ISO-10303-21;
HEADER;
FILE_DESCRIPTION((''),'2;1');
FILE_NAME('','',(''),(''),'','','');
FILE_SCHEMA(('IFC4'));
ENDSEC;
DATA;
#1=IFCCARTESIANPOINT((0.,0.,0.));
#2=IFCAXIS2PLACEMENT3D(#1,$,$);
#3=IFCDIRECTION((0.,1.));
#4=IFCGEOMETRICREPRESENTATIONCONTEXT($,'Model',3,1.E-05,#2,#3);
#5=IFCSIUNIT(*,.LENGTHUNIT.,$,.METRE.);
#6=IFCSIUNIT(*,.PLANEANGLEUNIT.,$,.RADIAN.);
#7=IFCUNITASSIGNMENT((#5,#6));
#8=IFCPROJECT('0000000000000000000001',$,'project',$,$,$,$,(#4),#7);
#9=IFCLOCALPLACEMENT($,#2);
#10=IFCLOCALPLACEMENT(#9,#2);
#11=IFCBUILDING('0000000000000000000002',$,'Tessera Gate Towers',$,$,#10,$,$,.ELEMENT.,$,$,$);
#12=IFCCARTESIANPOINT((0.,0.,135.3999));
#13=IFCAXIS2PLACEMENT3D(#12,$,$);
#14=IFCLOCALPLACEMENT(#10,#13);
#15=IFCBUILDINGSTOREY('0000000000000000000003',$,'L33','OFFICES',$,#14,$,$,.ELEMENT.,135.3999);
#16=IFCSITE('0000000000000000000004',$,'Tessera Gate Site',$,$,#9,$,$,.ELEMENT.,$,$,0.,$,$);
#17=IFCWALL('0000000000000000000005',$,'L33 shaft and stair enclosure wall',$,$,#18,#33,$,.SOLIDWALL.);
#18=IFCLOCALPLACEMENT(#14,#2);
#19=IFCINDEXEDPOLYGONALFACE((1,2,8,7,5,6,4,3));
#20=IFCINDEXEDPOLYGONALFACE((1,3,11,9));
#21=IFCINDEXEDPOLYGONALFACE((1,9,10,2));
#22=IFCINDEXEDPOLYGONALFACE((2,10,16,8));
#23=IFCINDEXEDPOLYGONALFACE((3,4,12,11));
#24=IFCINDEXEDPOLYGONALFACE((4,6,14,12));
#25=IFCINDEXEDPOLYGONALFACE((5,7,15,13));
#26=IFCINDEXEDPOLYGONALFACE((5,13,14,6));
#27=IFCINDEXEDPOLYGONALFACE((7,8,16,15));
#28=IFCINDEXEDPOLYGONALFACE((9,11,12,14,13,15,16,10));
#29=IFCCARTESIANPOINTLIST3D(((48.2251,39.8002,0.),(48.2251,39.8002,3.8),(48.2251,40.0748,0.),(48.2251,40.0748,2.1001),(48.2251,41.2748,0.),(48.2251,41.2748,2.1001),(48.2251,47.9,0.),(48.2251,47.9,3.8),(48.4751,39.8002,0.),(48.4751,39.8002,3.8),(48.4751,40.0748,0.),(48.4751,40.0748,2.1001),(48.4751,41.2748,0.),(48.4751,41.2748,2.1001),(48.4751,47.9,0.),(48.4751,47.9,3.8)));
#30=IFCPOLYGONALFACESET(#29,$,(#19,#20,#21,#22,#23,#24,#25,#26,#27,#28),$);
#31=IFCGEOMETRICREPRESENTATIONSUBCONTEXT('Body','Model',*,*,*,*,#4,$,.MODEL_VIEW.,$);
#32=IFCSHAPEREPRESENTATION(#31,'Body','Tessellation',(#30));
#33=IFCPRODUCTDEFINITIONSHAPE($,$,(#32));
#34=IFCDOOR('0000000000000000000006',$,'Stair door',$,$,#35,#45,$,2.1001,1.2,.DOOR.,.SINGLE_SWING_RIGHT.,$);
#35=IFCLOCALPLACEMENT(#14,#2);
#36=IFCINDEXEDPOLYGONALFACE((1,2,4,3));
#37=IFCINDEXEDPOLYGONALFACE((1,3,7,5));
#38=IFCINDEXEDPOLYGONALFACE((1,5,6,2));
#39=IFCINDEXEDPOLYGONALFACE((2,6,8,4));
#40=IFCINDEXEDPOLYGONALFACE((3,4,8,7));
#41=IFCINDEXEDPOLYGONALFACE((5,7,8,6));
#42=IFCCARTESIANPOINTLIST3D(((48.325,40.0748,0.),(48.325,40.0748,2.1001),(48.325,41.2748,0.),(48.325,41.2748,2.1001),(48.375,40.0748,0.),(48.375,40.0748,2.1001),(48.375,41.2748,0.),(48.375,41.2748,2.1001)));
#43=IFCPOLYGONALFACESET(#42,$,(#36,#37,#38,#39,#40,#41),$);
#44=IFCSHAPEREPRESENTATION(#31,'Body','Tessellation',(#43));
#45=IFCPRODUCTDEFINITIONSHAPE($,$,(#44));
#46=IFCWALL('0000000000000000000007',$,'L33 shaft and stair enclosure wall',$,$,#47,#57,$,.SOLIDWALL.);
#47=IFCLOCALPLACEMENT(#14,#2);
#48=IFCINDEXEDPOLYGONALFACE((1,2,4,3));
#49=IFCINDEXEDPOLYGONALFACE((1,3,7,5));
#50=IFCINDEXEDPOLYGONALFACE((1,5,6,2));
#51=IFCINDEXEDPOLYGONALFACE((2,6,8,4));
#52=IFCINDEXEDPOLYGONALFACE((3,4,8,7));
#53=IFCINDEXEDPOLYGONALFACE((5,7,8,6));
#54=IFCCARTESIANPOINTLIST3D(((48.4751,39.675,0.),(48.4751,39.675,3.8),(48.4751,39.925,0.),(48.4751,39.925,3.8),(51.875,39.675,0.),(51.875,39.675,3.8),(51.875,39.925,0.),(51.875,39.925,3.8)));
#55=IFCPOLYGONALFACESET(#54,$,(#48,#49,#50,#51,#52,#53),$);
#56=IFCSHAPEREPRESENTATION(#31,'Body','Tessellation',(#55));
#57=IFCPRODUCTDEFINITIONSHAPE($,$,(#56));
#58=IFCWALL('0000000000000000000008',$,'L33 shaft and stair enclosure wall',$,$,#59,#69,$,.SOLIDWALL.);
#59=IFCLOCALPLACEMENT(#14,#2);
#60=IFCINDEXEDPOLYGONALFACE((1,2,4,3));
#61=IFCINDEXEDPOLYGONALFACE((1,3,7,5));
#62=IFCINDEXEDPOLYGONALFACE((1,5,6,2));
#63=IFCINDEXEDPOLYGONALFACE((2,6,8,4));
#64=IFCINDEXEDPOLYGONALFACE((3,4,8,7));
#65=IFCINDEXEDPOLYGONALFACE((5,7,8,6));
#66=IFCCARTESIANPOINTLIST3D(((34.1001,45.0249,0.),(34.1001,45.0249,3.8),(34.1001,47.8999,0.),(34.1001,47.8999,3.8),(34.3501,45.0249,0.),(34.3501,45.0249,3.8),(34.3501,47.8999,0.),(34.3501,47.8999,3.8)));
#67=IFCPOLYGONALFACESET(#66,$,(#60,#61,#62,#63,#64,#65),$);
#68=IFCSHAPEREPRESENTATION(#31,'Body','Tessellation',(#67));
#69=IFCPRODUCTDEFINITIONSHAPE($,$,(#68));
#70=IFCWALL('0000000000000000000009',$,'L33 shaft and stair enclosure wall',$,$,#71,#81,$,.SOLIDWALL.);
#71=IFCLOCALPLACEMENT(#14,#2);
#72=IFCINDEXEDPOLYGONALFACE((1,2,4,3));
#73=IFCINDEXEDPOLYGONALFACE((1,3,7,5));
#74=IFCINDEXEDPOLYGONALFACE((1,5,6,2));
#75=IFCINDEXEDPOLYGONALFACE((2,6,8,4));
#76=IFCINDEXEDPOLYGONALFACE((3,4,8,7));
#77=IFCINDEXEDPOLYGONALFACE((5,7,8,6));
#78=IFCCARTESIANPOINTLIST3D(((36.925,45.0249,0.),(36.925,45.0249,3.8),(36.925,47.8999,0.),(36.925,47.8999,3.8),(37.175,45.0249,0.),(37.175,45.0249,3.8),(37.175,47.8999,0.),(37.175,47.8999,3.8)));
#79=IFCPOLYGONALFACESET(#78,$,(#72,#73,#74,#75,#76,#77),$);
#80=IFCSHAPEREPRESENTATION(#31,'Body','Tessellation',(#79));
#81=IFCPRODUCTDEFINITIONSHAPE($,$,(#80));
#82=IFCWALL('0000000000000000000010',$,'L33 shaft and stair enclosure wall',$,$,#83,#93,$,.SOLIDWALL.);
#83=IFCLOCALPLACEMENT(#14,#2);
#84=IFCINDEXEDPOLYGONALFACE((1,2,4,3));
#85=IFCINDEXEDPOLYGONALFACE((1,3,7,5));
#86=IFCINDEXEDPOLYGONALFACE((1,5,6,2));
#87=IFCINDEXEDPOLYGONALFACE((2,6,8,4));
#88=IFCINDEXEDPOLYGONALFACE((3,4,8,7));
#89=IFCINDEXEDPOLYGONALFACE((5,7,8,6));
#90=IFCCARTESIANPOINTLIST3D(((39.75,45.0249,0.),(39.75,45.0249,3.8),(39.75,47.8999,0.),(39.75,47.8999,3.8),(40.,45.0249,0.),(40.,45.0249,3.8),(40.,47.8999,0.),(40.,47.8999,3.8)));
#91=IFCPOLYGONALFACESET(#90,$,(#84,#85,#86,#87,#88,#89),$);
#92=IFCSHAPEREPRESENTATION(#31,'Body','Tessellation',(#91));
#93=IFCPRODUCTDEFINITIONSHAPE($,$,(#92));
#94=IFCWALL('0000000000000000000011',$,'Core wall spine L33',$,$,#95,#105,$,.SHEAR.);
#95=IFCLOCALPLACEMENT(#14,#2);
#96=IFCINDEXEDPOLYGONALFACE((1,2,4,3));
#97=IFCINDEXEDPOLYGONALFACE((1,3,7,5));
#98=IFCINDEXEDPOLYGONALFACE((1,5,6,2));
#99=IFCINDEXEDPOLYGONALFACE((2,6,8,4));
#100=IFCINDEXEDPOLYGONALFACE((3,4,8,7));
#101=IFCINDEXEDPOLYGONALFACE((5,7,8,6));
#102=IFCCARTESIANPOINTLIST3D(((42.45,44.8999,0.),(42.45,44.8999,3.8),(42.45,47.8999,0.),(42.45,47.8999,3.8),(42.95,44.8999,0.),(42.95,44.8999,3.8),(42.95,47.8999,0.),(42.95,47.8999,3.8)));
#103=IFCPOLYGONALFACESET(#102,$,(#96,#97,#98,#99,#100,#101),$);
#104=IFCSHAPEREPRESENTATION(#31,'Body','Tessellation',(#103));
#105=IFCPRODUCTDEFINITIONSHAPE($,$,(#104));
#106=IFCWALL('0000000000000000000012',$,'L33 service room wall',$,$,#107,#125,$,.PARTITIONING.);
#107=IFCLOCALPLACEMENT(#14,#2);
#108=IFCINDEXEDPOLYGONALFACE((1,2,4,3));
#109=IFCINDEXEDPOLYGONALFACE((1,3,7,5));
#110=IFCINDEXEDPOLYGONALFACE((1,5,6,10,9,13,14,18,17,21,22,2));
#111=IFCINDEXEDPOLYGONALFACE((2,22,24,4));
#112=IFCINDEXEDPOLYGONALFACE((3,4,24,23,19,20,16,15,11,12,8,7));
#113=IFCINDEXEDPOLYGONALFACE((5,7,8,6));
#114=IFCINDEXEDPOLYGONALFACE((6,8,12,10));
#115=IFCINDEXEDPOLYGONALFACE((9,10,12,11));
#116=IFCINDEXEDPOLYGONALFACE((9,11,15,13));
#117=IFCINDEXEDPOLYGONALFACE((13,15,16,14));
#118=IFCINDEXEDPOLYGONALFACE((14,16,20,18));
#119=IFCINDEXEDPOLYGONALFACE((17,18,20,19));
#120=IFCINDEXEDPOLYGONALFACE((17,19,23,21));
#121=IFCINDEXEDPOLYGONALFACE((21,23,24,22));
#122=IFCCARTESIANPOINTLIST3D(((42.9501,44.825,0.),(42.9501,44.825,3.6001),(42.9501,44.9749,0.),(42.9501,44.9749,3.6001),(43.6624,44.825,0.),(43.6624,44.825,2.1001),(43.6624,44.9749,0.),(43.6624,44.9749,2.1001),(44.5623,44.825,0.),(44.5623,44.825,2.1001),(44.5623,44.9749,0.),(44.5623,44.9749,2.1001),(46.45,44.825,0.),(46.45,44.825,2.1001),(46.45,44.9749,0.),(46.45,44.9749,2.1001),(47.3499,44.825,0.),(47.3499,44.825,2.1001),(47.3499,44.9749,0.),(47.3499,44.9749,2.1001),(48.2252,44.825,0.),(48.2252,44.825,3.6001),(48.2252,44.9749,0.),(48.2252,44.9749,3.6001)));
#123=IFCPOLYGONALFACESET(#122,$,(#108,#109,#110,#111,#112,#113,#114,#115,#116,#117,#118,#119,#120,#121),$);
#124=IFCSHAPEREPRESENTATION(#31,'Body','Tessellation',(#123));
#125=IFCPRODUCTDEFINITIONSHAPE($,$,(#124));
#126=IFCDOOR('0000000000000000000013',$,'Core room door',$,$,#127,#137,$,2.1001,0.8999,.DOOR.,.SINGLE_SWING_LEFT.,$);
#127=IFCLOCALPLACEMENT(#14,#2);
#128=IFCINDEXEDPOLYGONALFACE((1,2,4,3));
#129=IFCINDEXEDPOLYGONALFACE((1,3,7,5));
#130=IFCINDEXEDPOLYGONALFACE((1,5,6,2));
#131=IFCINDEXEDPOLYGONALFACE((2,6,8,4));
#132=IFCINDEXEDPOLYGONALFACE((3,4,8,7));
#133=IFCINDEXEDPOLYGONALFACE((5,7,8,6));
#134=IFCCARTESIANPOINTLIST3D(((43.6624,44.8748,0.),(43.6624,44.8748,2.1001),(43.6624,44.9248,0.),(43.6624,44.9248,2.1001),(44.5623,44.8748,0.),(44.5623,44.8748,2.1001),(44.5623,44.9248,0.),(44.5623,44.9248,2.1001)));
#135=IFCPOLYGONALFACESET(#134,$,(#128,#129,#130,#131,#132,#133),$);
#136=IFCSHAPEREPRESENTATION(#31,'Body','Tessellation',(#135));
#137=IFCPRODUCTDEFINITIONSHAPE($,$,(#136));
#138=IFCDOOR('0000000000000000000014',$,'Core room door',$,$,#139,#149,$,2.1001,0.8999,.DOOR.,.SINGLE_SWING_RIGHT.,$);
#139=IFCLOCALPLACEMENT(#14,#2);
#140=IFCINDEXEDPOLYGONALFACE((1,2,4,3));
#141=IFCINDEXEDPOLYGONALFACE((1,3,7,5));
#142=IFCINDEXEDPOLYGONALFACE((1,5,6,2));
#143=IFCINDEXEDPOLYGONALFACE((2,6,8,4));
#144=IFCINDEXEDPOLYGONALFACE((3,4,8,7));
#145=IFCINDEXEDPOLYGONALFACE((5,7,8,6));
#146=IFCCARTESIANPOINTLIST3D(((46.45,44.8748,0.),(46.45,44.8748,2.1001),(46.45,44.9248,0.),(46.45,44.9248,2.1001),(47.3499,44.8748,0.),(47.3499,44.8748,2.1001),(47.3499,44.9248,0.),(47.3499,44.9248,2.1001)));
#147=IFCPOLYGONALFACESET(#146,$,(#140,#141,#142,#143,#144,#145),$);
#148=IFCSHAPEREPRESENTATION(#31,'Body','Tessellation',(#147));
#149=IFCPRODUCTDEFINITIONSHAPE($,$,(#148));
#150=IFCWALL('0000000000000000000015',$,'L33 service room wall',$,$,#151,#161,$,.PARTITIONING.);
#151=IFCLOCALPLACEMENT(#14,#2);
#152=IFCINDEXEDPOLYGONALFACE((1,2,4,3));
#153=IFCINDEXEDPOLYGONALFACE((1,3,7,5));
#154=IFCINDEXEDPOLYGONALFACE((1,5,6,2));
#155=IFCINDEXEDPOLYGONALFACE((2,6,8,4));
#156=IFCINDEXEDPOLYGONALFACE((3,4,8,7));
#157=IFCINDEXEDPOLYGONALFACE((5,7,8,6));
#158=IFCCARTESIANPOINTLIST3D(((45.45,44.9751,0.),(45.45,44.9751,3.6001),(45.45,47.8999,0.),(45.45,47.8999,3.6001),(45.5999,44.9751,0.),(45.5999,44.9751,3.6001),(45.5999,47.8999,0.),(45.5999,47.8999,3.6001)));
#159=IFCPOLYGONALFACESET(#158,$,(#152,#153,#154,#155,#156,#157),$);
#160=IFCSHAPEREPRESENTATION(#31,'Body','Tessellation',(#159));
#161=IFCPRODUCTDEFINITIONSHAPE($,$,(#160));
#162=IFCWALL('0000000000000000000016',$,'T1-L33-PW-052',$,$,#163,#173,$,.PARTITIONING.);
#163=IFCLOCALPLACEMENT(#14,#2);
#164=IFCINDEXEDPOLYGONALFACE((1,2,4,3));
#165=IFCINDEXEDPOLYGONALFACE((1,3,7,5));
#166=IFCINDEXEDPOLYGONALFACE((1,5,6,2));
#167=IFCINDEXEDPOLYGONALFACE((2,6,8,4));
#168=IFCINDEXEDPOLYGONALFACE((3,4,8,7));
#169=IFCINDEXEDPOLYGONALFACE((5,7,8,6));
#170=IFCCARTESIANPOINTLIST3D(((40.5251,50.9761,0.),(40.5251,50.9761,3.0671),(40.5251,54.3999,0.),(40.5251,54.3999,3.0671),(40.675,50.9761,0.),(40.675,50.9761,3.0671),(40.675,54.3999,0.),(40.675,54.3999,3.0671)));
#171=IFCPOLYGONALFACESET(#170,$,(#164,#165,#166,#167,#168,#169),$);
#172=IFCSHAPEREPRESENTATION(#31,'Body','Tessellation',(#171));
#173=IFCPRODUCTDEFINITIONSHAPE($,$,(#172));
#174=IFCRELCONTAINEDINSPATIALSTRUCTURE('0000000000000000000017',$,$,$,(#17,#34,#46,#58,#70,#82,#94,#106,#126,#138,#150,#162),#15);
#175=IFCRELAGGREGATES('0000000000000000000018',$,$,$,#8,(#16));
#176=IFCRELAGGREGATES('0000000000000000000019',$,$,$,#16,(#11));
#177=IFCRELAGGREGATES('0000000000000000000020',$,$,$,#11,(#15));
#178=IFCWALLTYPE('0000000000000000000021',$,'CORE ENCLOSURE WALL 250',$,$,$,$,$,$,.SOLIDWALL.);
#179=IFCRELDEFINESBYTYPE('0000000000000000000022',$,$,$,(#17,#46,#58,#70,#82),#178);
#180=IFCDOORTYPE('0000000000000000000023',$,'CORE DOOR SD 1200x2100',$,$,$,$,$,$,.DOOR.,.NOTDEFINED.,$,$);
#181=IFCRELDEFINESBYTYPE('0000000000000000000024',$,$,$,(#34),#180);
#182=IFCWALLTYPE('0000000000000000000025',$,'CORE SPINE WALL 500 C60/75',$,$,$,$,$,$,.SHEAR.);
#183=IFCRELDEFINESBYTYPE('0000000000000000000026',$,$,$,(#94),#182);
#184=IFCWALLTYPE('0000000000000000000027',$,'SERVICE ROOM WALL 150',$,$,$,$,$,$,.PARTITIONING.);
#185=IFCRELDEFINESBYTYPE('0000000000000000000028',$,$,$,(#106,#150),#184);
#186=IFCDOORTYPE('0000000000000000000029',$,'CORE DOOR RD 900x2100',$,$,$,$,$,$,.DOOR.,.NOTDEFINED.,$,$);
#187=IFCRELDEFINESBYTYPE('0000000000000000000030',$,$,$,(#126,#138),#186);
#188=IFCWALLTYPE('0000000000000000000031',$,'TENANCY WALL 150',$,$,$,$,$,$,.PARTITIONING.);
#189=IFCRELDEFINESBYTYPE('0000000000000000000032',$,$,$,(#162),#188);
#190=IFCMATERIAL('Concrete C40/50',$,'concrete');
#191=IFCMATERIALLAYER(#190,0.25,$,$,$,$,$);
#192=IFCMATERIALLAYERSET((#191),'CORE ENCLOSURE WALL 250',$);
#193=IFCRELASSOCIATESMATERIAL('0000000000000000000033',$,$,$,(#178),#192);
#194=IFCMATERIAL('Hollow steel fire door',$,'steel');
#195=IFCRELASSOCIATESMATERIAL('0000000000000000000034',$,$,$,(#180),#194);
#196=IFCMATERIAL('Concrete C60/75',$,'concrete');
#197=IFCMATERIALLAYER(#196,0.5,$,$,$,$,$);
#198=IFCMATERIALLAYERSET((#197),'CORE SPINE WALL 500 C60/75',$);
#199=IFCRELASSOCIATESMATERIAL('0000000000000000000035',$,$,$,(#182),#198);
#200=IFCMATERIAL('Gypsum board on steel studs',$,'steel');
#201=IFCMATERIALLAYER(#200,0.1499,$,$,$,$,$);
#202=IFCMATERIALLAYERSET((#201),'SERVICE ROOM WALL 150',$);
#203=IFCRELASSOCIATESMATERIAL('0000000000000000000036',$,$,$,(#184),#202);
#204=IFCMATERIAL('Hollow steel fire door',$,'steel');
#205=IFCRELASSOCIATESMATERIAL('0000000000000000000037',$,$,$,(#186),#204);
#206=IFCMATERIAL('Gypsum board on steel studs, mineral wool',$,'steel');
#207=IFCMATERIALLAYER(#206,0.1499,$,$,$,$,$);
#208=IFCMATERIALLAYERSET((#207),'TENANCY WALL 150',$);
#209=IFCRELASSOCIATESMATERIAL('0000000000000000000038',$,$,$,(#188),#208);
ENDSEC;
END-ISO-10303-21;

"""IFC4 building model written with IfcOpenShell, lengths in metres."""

from ifc_helpers import new_model, si_unit, direction, frame, frame_2d, origin, place, context, subcontext, project, spatial, rectangle, extrude, source, transform, mapped, material, layer, layer_set, type_object, element, fill, save


model = new_model("IFC4")

# Units and contexts
model_context = context("Model", 3, precision=1e-05, world=origin(), true_north=direction((0.0, 1.0)))
body_context = subcontext(model_context, "Body", "Model", "MODEL_VIEW")
ifc_project = project(units=[si_unit("LENGTHUNIT", "METRE"), si_unit("PLANEANGLEUNIT", "RADIAN")], contexts=[model_context])

# Site, building, storey
site_placement = place(None, origin())
site = spatial("IfcSite", under=ifc_project, at=site_placement, Name="Tessera Gate Site", CompositionType="ELEMENT", RefElevation=0.0)
building_placement = place(site_placement, origin())
building = spatial("IfcBuilding", under=site, at=building_placement, Name="Tessera Gate Towers", CompositionType="ELEMENT")
storey_placement = place(building_placement, frame((0.0, 0.0, 135.3999)))
storey = spatial("IfcBuildingStorey", under=building, at=storey_placement, Name="L33", Description="OFFICES", CompositionType="ELEMENT", Elevation=135.3999)

# Shared definitions
ifc_material_1 = material(Name="Concrete C40/50", Category="concrete")
ifc_layer_1 = layer(ifc_material_1, 0.25)
ifc_layer_set_1 = layer_set([ifc_layer_1], Name="CORE ENCLOSURE WALL 250")
wall_type_1 = type_object("IfcWallType", Name="CORE ENCLOSURE WALL 250", PredefinedType="SOLIDWALL", material=ifc_layer_set_1)

# Wall, opening, door
wall_1_placement = place(storey_placement, frame((48.3501, 47.8999, 0.0), z_axis=(0.0, 0.0, 1.0), x_axis=(0.0, -1.0, 0.0)))
wall_1 = element("IfcWall", 1, at=wall_1_placement, inside=storey, type_object=wall_type_1, Name="L33 shaft and stair enclosure wall", PredefinedType="SOLIDWALL", context=body_context, shape_type="SweptSolid", body=[
    extrude(rectangle(XDim=8.0999, YDim=0.25, at=frame_2d((4.0498, 0.0))), origin(), (0.0, 0.0, 1.0), 3.8),
])
shared_shape_1 = source(origin(), body_context, "Body", "SweptSolid", [
    extrude(rectangle(XDim=1.2, YDim=2.1001, at=frame_2d((0.6001, 1.05))), frame((0.0, 0.135, 0.0), z_axis=(0.0, -1.0, 0.0), x_axis=(1.0, 0.0, 0.0)), (0.0, 0.0, 1.0), 0.27),
])
opening_1_placement = place(wall_1_placement, frame((6.625, 0.0, 0.0)))
opening_1 = element("IfcOpeningElement", 2, at=opening_1_placement, cuts=wall_1, PredefinedType="OPENING", context=body_context, shape_type="MappedRepresentation", body=[
    mapped(shared_shape_1, transform((0.0, 0.0, 0.0), scale=1.0)),
])
ifc_material_2 = material(Name="Hollow steel fire door", Category="steel")
door_type_1 = type_object("IfcDoorType", Name="CORE DOOR SD 1200x2100", OperationType="NOTDEFINED", PredefinedType="DOOR", material=ifc_material_2)
shared_shape_2 = source(origin(), body_context, "Body", "SweptSolid", [
    extrude(rectangle(XDim=1.2, YDim=2.1001, at=frame_2d((0.6001, 1.05))), frame((0.0, 0.0249, 0.0), z_axis=(0.0, -1.0, 0.0), x_axis=(1.0, 0.0, 0.0)), (0.0, 0.0, 1.0), 0.05),
])
door_1_placement = place(opening_1_placement, origin())
door_1 = element("IfcDoor", 3, at=door_1_placement, inside=storey, type_object=door_type_1, Name="Stair door", OperationType="SINGLE_SWING_RIGHT", OverallHeight=2.1001, OverallWidth=1.2, PredefinedType="DOOR", context=body_context, shape_type="MappedRepresentation", body=[
    mapped(shared_shape_2, transform((0.0, 0.0, 0.0), scale=1.0)),
])
fill(opening_1, door_1)

# Walls
wall_2_placement = place(storey_placement, frame((48.4751, 39.8, 0.0), z_axis=(0.0, 0.0, 1.0), x_axis=(1.0, 0.0, 0.0)))
element("IfcWall", 4, at=wall_2_placement, inside=storey, type_object=wall_type_1, Name="L33 shaft and stair enclosure wall", PredefinedType="SOLIDWALL", context=body_context, shape_type="SweptSolid", body=[
    extrude(rectangle(XDim=3.3999, YDim=0.25, at=frame_2d((1.7, 0.0))), origin(), (0.0, 0.0, 1.0), 3.8),
])
for number, where, z_axis, x_axis, name in (
    (5, (34.2251, 45.0249, 0.0), (0.0, 0.0, 1.0), (0.0, 1.0, 0.0), "L33 shaft and stair enclosure wall"),
    (6, (37.05, 45.0249, 0.0), (0.0, 0.0, 1.0), (0.0, 1.0, 0.0), "L33 shaft and stair enclosure wall"),
    (7, (39.875, 45.0249, 0.0), (0.0, 0.0, 1.0), (0.0, 1.0, 0.0), "L33 shaft and stair enclosure wall"),
):
    element("IfcWall", number, at=place(storey_placement, frame(where, z_axis=z_axis, x_axis=x_axis)), inside=storey, type_object=wall_type_1, Name=name, PredefinedType="SOLIDWALL", context=body_context, shape_type="SweptSolid", body=[
        extrude(rectangle(XDim=2.875, YDim=0.25, at=frame_2d((1.4375, 0.0))), origin(), (0.0, 0.0, 1.0), 3.8),
    ])
ifc_material_3 = material(Name="Concrete C60/75", Category="concrete")
ifc_layer_2 = layer(ifc_material_3, 0.5)
ifc_layer_set_2 = layer_set([ifc_layer_2], Name="CORE SPINE WALL 500 C60/75")
wall_type_2 = type_object("IfcWallType", Name="CORE SPINE WALL 500 C60/75", PredefinedType="SHEAR", material=ifc_layer_set_2)
wall_3_placement = place(storey_placement, frame((42.7, 44.8999, 0.0), z_axis=(0.0, 0.0, 1.0), x_axis=(0.0, 1.0, 0.0)))
element("IfcWall", 8, at=wall_3_placement, inside=storey, type_object=wall_type_2, Name="Core wall spine L33", PredefinedType="SHEAR", context=body_context, shape_type="SweptSolid", body=[
    extrude(rectangle(XDim=3.0, YDim=0.5, at=frame_2d((1.5, 0.0))), origin(), (0.0, 0.0, 1.0), 3.8),
])

# Wall, openings, doors
ifc_material_4 = material(Name="Gypsum board on steel studs", Category="steel")
ifc_layer_3 = layer(ifc_material_4, 0.1499)
ifc_layer_set_3 = layer_set([ifc_layer_3], Name="SERVICE ROOM WALL 150")
wall_type_3 = type_object("IfcWallType", Name="SERVICE ROOM WALL 150", PredefinedType="PARTITIONING", material=ifc_layer_set_3)
wall_4_placement = place(storey_placement, frame((42.95, 44.8999, 0.0), z_axis=(0.0, 0.0, 1.0), x_axis=(1.0, 0.0, 0.0)))
wall_4 = element("IfcWall", 9, at=wall_4_placement, inside=storey, type_object=wall_type_3, Name="L33 service room wall", PredefinedType="PARTITIONING", context=body_context, shape_type="SweptSolid", body=[
    extrude(rectangle(XDim=5.2751, YDim=0.1499, at=frame_2d((2.6377, 0.0))), origin(), (0.0, 0.0, 1.0), 3.6001),
])
shared_shape_3 = source(origin(), body_context, "Body", "SweptSolid", [
    extrude(rectangle(XDim=0.8999, YDim=2.1001, at=frame_2d((0.45, 1.05))), frame((0.0, 0.085, 0.0), z_axis=(0.0, -1.0, 0.0), x_axis=(1.0, 0.0, 0.0)), (0.0, 0.0, 1.0), 0.1699),
])
opening_2_placement = place(wall_4_placement, frame((0.7124, 0.0, 0.0)))
opening_2 = element("IfcOpeningElement", 10, at=opening_2_placement, cuts=wall_4, PredefinedType="OPENING", context=body_context, shape_type="MappedRepresentation", body=[
    mapped(shared_shape_3, transform((0.0, 0.0, 0.0), scale=1.0)),
])
opening_3_placement = place(wall_4_placement, frame((3.5, 0.0, 0.0)))
opening_3 = element("IfcOpeningElement", 11, at=opening_3_placement, cuts=wall_4, PredefinedType="OPENING", context=body_context, shape_type="MappedRepresentation", body=[
    mapped(shared_shape_3, transform((0.0, 0.0, 0.0), scale=1.0)),
])
ifc_material_5 = material(Name="Hollow steel fire door", Category="steel")
door_type_2 = type_object("IfcDoorType", Name="CORE DOOR RD 900x2100", OperationType="NOTDEFINED", PredefinedType="DOOR", material=ifc_material_5)
shared_shape_4 = source(origin(), body_context, "Body", "SweptSolid", [
    extrude(rectangle(XDim=0.8999, YDim=2.1001, at=frame_2d((0.45, 1.05))), frame((0.0, 0.0249, 0.0), z_axis=(0.0, -1.0, 0.0), x_axis=(1.0, 0.0, 0.0)), (0.0, 0.0, 1.0), 0.05),
])
door_2_placement = place(opening_2_placement, origin())
door_2 = element("IfcDoor", 12, at=door_2_placement, inside=storey, type_object=door_type_2, Name="Core room door", OperationType="SINGLE_SWING_LEFT", OverallHeight=2.1001, OverallWidth=0.8999, PredefinedType="DOOR", context=body_context, shape_type="MappedRepresentation", body=[
    mapped(shared_shape_4, transform((0.0, 0.0, 0.0), scale=1.0)),
])
fill(opening_2, door_2)
door_3_placement = place(opening_3_placement, origin())
door_3 = element("IfcDoor", 13, at=door_3_placement, inside=storey, type_object=door_type_2, Name="Core room door", OperationType="SINGLE_SWING_RIGHT", OverallHeight=2.1001, OverallWidth=0.8999, PredefinedType="DOOR", context=body_context, shape_type="MappedRepresentation", body=[
    mapped(shared_shape_4, transform((0.0, 0.0, 0.0), scale=1.0)),
])
fill(opening_3, door_3)

# Walls
wall_5_placement = place(storey_placement, frame((45.5249, 44.9751, 0.0), z_axis=(0.0, 0.0, 1.0), x_axis=(0.0, 1.0, 0.0)))
element("IfcWall", 14, at=wall_5_placement, inside=storey, type_object=wall_type_3, Name="L33 service room wall", PredefinedType="PARTITIONING", context=body_context, shape_type="SweptSolid", body=[
    extrude(rectangle(XDim=2.9248, YDim=0.1499, at=frame_2d((1.4624, 0.0))), origin(), (0.0, 0.0, 1.0), 3.6001),
])
ifc_material_6 = material(Name="Gypsum board on steel studs, mineral wool", Category="steel")
ifc_layer_4 = layer(ifc_material_6, 0.1499)
ifc_layer_set_4 = layer_set([ifc_layer_4], Name="TENANCY WALL 150")
wall_type_4 = type_object("IfcWallType", Name="TENANCY WALL 150", PredefinedType="PARTITIONING", material=ifc_layer_set_4)
wall_6_placement = place(storey_placement, frame((40.6001, 50.9761, 0.0), z_axis=(0.0, 0.0, 1.0), x_axis=(0.0, 1.0, 0.0)))
element("IfcWall", 15, at=wall_6_placement, inside=storey, type_object=wall_type_4, Name="T1-L33-PW-052", PredefinedType="PARTITIONING", context=body_context, shape_type="SweptSolid", body=[
    extrude(rectangle(XDim=3.4238, YDim=0.1499, at=frame_2d((1.7119, 0.0))), origin(), (0.0, 0.0, 1.0), 3.0671),
])

save(model, "model.ifc")
